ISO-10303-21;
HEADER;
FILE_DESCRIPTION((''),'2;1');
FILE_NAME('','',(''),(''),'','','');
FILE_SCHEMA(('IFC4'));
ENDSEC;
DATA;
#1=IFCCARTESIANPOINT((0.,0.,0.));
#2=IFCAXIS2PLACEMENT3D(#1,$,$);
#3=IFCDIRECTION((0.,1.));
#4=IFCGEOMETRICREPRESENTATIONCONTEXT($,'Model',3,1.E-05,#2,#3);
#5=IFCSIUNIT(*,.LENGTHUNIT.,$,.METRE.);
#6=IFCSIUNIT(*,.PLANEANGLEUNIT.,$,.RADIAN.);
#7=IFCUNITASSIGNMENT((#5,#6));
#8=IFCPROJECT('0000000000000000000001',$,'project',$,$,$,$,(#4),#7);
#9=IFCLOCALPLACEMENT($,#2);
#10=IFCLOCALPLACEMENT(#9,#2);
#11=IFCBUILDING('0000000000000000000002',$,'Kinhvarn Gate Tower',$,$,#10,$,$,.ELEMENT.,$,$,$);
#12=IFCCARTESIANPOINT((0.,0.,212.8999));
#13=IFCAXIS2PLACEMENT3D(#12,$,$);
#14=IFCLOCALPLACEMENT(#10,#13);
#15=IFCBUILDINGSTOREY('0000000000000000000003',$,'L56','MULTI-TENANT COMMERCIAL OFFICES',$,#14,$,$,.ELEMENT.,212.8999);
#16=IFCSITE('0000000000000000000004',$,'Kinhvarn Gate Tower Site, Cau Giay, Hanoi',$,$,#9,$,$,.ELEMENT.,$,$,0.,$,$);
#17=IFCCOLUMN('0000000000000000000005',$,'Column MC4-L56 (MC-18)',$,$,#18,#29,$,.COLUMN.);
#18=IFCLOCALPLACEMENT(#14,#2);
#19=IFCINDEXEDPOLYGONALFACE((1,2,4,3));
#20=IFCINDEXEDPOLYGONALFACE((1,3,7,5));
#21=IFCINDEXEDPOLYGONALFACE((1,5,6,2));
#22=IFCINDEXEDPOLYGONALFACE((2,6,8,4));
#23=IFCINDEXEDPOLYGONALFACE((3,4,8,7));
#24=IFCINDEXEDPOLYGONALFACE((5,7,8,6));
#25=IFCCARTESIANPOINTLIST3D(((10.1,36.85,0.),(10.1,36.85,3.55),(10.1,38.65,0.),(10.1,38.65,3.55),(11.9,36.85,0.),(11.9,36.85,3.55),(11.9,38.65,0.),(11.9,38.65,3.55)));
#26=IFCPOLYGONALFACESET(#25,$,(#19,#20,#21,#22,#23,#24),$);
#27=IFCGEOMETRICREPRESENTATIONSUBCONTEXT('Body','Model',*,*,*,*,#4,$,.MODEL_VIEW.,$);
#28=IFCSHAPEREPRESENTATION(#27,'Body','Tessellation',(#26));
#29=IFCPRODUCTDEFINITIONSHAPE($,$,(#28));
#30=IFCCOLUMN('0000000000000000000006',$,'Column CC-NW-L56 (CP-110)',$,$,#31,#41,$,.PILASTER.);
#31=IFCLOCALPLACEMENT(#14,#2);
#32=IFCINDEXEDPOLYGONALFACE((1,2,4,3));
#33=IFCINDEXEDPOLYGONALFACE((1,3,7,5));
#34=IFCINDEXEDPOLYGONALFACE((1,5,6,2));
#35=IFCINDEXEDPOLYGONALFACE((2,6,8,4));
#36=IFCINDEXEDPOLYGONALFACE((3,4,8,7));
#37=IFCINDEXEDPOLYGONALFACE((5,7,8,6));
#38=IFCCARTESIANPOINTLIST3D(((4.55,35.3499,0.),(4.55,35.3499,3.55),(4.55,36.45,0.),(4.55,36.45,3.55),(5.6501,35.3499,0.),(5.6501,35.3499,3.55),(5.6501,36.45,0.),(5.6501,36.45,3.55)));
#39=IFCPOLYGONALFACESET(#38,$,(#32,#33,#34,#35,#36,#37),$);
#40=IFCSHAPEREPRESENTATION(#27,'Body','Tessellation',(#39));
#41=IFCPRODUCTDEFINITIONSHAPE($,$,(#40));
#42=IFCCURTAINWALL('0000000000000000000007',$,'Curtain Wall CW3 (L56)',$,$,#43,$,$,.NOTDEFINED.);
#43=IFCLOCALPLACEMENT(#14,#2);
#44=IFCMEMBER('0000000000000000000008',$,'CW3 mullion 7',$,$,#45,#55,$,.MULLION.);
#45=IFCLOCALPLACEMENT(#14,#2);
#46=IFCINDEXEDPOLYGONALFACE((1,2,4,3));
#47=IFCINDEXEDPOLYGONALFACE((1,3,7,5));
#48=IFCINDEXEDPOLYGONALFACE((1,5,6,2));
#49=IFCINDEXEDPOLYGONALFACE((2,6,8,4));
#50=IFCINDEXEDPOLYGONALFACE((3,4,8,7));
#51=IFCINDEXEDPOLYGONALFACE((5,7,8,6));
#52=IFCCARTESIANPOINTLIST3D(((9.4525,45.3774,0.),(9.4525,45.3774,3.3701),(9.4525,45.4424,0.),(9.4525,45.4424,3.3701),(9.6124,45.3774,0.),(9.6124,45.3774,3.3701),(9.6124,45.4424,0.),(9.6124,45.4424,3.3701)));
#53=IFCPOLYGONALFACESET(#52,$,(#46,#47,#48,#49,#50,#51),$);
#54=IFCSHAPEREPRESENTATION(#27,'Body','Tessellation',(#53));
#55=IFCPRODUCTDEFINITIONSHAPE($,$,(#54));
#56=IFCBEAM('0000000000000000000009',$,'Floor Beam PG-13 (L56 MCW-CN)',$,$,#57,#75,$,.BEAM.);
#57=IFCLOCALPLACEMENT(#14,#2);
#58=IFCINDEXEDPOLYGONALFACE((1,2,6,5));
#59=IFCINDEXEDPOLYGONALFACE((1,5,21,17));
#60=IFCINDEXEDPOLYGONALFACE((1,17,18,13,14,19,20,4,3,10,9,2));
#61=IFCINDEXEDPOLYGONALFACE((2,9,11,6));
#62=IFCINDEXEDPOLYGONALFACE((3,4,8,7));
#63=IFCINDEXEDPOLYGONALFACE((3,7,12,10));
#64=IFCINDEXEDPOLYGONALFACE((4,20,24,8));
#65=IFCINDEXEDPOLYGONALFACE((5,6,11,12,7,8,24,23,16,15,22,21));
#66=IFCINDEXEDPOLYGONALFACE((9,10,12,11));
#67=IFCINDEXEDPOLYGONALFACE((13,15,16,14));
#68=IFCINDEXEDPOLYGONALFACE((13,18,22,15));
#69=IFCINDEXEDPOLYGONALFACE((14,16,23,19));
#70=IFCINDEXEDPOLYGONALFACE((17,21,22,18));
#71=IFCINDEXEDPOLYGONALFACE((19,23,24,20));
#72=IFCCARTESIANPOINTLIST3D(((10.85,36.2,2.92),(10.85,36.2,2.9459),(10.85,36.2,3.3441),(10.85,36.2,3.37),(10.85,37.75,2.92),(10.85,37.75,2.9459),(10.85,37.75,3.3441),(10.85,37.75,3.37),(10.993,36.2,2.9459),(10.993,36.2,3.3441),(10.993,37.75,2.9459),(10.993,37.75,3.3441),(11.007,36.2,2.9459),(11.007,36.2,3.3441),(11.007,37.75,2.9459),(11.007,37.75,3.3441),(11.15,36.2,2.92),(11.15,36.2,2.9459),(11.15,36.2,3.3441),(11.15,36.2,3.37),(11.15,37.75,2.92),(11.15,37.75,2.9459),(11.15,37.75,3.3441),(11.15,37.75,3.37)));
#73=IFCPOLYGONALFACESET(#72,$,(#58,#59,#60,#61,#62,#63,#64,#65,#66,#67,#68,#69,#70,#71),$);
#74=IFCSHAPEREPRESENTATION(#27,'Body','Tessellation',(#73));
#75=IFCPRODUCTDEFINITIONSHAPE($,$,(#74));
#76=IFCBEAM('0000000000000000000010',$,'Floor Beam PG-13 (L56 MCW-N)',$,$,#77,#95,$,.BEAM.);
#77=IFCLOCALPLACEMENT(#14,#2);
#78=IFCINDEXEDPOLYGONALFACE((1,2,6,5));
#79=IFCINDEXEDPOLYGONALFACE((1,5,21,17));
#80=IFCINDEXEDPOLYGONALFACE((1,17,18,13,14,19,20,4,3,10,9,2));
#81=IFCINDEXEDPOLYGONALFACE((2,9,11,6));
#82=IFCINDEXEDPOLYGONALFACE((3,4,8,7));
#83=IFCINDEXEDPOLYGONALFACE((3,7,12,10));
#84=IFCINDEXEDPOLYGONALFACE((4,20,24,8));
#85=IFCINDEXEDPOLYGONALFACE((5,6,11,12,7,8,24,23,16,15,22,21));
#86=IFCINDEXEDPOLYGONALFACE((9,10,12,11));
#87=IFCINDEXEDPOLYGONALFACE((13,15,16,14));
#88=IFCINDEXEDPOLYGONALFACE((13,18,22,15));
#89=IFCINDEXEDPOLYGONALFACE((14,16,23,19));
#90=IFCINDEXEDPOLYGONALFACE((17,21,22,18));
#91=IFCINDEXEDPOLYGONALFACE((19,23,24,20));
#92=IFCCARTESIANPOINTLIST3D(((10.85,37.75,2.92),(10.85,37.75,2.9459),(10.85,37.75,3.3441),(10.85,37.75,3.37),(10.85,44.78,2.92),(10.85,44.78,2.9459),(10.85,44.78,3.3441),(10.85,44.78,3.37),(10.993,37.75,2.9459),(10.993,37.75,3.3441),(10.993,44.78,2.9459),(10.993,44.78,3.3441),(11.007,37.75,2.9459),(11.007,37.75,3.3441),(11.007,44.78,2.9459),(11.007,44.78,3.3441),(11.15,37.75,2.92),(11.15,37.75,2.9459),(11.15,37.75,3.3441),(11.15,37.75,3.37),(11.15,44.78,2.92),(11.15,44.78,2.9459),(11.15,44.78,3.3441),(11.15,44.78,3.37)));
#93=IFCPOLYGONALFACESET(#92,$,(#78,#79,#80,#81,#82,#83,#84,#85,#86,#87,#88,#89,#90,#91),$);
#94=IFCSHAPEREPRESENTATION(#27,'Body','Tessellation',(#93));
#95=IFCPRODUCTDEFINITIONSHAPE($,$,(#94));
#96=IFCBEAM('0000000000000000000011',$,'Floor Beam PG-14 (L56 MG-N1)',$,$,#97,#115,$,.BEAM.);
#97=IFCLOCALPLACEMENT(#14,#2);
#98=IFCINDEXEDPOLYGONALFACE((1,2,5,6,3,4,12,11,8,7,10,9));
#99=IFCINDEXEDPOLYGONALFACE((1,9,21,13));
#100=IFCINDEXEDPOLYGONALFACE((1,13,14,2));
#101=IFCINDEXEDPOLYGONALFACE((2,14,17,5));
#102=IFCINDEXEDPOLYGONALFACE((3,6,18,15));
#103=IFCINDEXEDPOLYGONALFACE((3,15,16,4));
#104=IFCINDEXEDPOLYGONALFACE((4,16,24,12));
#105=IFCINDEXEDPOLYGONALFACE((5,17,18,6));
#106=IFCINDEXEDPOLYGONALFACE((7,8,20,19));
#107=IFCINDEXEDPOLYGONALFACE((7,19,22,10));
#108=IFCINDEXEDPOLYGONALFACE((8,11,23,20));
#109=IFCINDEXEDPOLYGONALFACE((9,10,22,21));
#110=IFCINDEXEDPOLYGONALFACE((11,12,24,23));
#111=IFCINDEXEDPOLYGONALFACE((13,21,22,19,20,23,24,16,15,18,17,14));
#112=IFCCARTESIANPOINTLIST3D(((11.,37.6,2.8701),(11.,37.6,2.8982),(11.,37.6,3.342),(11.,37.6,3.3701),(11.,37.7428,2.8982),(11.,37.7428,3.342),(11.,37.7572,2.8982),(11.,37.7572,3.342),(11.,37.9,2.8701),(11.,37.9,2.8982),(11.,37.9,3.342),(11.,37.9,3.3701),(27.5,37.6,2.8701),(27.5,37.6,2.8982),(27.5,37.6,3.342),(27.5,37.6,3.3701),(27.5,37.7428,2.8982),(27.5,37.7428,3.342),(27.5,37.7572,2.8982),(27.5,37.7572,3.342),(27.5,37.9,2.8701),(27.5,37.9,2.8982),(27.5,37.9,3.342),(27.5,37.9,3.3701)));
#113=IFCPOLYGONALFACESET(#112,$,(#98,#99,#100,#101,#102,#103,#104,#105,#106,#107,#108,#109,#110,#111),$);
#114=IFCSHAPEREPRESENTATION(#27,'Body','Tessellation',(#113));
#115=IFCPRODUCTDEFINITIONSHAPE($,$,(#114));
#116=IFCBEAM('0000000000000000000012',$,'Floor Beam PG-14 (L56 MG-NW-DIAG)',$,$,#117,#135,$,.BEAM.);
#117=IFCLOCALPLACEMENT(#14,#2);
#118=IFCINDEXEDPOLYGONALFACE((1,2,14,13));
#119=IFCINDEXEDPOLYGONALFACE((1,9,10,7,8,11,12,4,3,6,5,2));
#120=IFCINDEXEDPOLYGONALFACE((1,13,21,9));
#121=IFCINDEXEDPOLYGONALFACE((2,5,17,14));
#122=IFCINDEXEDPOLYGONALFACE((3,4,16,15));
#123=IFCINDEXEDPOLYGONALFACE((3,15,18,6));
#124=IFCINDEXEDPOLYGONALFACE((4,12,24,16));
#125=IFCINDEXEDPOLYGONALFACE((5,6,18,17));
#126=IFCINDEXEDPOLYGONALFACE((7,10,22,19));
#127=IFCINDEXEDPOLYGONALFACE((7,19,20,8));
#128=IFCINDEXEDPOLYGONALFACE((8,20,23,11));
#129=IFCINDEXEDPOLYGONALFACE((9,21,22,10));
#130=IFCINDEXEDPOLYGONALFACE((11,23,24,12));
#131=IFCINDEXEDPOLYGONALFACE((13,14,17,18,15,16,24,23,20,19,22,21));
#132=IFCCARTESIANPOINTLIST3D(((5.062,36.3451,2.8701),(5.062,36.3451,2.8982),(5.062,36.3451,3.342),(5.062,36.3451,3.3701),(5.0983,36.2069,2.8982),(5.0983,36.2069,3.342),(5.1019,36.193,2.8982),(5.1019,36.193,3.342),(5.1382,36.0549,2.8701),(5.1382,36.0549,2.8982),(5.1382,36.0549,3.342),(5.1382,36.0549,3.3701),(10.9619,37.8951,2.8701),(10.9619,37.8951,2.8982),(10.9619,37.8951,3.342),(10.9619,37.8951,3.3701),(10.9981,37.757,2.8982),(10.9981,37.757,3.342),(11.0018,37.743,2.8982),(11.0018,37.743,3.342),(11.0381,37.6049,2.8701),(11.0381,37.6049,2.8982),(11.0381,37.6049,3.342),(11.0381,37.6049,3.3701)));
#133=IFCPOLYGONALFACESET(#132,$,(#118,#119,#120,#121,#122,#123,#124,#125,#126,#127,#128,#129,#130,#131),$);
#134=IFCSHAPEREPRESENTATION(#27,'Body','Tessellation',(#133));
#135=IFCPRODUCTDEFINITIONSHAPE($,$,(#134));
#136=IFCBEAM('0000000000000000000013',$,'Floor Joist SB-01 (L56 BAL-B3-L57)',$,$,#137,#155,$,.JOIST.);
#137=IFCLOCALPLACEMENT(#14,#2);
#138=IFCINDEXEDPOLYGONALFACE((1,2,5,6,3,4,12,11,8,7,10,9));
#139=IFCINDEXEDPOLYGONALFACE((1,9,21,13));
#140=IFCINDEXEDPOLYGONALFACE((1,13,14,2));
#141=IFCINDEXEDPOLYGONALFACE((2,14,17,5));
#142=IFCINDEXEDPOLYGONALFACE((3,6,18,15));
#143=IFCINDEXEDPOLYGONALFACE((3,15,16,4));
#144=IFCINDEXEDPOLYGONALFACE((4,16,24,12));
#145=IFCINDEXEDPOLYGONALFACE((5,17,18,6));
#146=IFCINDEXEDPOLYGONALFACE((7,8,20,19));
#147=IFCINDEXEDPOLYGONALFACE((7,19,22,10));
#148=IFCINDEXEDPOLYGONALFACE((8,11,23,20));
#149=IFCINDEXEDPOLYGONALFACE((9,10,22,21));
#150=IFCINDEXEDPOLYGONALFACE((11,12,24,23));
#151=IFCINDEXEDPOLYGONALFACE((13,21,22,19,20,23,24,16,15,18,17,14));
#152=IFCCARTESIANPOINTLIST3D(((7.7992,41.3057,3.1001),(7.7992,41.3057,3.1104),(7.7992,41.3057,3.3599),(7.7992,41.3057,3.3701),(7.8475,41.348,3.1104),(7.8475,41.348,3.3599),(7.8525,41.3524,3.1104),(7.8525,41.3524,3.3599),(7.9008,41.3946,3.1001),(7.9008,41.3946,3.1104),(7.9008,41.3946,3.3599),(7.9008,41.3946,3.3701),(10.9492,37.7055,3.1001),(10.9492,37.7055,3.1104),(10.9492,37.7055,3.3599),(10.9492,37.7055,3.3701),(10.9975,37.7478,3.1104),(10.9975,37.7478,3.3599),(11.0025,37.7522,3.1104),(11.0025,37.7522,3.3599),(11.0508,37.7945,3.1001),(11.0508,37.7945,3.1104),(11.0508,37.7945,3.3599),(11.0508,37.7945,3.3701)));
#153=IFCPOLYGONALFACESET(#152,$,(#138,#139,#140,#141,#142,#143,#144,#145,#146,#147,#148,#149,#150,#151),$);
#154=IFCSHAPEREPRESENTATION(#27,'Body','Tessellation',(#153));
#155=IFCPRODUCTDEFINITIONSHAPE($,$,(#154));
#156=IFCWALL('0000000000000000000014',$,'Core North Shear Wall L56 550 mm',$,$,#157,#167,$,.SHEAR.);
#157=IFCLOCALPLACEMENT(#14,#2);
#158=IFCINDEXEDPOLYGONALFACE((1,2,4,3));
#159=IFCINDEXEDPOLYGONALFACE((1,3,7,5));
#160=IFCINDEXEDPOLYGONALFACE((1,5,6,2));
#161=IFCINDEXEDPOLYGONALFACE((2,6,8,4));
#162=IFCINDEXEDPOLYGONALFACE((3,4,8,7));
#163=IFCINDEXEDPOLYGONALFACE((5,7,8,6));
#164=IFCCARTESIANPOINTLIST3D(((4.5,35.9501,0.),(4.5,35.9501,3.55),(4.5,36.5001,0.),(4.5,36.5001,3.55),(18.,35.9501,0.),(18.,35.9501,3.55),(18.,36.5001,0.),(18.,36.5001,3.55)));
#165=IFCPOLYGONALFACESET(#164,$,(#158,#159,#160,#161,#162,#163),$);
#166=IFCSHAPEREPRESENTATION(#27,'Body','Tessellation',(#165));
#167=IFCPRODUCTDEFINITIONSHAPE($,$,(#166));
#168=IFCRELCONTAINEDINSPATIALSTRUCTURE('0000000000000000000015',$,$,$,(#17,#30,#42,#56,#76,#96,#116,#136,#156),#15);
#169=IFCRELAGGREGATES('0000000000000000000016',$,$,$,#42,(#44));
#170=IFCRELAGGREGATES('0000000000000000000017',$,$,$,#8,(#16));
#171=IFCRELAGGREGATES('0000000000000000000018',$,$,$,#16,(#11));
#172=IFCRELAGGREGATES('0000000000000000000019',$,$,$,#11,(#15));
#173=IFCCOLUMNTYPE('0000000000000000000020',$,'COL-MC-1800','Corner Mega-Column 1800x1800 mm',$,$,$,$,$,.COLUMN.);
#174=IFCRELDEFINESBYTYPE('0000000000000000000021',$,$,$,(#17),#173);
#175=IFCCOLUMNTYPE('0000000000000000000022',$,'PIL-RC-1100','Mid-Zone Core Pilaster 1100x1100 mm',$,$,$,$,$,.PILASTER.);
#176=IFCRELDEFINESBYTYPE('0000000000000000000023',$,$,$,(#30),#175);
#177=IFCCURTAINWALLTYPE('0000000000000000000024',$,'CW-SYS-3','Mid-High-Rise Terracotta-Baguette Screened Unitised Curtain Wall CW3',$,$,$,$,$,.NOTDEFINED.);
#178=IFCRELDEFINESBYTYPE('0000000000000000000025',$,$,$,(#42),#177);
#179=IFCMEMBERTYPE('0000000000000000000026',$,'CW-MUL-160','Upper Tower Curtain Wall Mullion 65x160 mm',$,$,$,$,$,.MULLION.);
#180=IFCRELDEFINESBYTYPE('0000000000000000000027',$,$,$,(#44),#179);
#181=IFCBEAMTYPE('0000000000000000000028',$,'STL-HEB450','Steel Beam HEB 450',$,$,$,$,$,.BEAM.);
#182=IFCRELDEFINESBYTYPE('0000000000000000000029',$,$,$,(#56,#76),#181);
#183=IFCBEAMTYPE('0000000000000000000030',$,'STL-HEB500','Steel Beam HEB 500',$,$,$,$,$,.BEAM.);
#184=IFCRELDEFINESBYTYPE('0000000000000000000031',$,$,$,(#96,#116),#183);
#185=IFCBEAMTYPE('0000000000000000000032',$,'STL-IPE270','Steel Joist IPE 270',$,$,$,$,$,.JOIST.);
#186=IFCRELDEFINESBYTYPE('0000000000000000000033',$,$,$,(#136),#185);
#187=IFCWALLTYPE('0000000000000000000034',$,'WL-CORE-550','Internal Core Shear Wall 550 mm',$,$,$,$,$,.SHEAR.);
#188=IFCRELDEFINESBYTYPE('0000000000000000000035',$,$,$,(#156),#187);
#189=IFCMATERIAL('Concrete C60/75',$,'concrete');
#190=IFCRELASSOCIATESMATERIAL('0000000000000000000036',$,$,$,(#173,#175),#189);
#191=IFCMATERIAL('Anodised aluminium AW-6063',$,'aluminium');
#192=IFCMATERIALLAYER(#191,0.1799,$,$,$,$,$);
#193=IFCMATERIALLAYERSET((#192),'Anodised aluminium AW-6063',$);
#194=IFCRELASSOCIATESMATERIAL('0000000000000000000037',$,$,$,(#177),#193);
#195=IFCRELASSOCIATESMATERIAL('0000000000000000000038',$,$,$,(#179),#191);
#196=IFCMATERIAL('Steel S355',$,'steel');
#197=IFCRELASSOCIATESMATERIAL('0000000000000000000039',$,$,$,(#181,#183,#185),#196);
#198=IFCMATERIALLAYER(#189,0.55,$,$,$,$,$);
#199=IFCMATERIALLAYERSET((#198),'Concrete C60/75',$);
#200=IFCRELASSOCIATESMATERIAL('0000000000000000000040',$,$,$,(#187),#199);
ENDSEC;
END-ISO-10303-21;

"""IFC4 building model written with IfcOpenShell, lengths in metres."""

from ifc_helpers import new_model, si_unit, direction, frame, frame_2d, origin, origin_2d, place, context, subcontext, project, spatial, rectangle, i_section, extrude, material, layer, layer_set, material_profile, profile_set, type_object, element, aggregate, save


model = new_model("IFC4")

# Units and contexts
model_context = context("Model", 3, precision=1e-05, world=origin(), true_north=direction((0.0, 1.0)))
body_context = subcontext(model_context, "Body", "Model", "MODEL_VIEW")
ifc_project = project(units=[si_unit("LENGTHUNIT", "METRE"), si_unit("PLANEANGLEUNIT", "RADIAN")], contexts=[model_context])

# Site, building, storey
site_placement = place(None, origin())
site = spatial("IfcSite", under=ifc_project, at=site_placement, Name="Kinhvarn Gate Tower Site, Cau Giay, Hanoi", CompositionType="ELEMENT", RefElevation=0.0)
building_placement = place(site_placement, origin())
building = spatial("IfcBuilding", under=site, at=building_placement, Name="Kinhvarn Gate Tower", CompositionType="ELEMENT")
storey_placement = place(building_placement, frame((0.0, 0.0, 212.8999)))
storey = spatial("IfcBuildingStorey", under=building, at=storey_placement, Name="L56", Description="MULTI-TENANT COMMERCIAL OFFICES", CompositionType="ELEMENT", Elevation=212.8999)

# Columns
ifc_material_1 = material(Name="Concrete C60/75", Category="concrete")
ifc_material_profile_1 = material_profile(ifc_material_1, rectangle(XDim=1.8, YDim=1.8, at=origin_2d()), Name="RC 1800x1800")
ifc_profile_set_1 = profile_set([ifc_material_profile_1], Name="Concrete C60/75")
column_type_1 = type_object("IfcColumnType", Name="COL-MC-1800", Description="Corner Mega-Column 1800x1800 mm", PredefinedType="COLUMN", material=ifc_profile_set_1)
column_1_placement = place(storey_placement, frame((11.0, 37.75, 0.0), z_axis=(0.0, 0.0, 1.0), x_axis=(1.0, 0.0, 0.0)))
element("IfcColumn", 1, at=column_1_placement, inside=storey, type_object=column_type_1, Name="Column MC4-L56 (MC-18)", PredefinedType="COLUMN", context=body_context, shape_type="SweptSolid", body=[
    extrude(rectangle(XDim=1.8, YDim=1.8, at=origin_2d()), origin(), (0.0, 0.0, 1.0), 3.55),
])
ifc_material_profile_2 = material_profile(ifc_material_1, rectangle(XDim=1.1001, YDim=1.1001, at=origin_2d()), Name="RC 1100x1100")
ifc_profile_set_2 = profile_set([ifc_material_profile_2], Name="Concrete C60/75")
column_type_2 = type_object("IfcColumnType", Name="PIL-RC-1100", Description="Mid-Zone Core Pilaster 1100x1100 mm", PredefinedType="PILASTER", material=ifc_profile_set_2)
column_2_placement = place(storey_placement, frame((5.1001, 35.8999, 0.0), z_axis=(0.0, 0.0, 1.0), x_axis=(1.0, 0.0, 0.0)))
element("IfcColumn", 2, at=column_2_placement, inside=storey, type_object=column_type_2, Name="Column CC-NW-L56 (CP-110)", PredefinedType="PILASTER", context=body_context, shape_type="SweptSolid", body=[
    extrude(rectangle(XDim=1.1001, YDim=1.1001, at=origin_2d()), origin(), (0.0, 0.0, 1.0), 3.55),
])

# Curtain wall, member
ifc_material_2 = material(Name="Anodised aluminium AW-6063", Category="aluminium")
ifc_layer_1 = layer(ifc_material_2, 0.1799)
ifc_layer_set_1 = layer_set([ifc_layer_1], Name="Anodised aluminium AW-6063")
curtain_wall_type = type_object("IfcCurtainWallType", Name="CW-SYS-3", Description="Mid-High-Rise Terracotta-Baguette Screened Unitised Curtain Wall CW3", PredefinedType="NOTDEFINED", material=ifc_layer_set_1)
curtain_wall_placement = place(storey_placement, origin())
curtain_wall = element("IfcCurtainWall", 3, at=curtain_wall_placement, inside=storey, type_object=curtain_wall_type, Name="Curtain Wall CW3 (L56)", PredefinedType="NOTDEFINED")
ifc_material_profile_3 = material_profile(ifc_material_2, rectangle(XDim=0.0649, YDim=0.1599, at=origin_2d()), Name="ALU 65x160")
ifc_profile_set_3 = profile_set([ifc_material_profile_3], Name="Anodised aluminium AW-6063")
member_type = type_object("IfcMemberType", Name="CW-MUL-160", Description="Upper Tower Curtain Wall Mullion 65x160 mm", PredefinedType="MULLION", material=ifc_profile_set_3)
member_placement = place(storey_placement, frame((9.5325, 45.4099, 0.0), z_axis=(0.0, 0.0, 1.0), x_axis=(0.0, -1.0, 0.0)))
member = element("IfcMember", 4, at=member_placement, type_object=member_type, Name="CW3 mullion 7", PredefinedType="MULLION", context=body_context, shape_type="SweptSolid", body=[
    extrude(rectangle(XDim=0.0649, YDim=0.1599, at=origin_2d()), origin(), (0.0, 0.0, 1.0), 3.3701),
])
aggregate(curtain_wall, [member])

# Beams
ifc_material_3 = material(Name="Steel S355", Category="steel")
ifc_material_profile_4 = material_profile(ifc_material_3, i_section(OverallWidth=0.3, OverallDepth=0.45, WebThickness=0.0139, FlangeThickness=0.0259, at=origin_2d()), Name="HEB 450")
ifc_profile_set_4 = profile_set([ifc_material_profile_4], Name="Steel S355")
beam_type_1 = type_object("IfcBeamType", Name="STL-HEB450", Description="Steel Beam HEB 450", PredefinedType="BEAM", material=ifc_profile_set_4)
beam_1_placement = place(storey_placement, frame((11.0, 36.2, 3.145), z_axis=(0.0, 1.0, 0.0), x_axis=(-1.0, 0.0, 0.0)))
element("IfcBeam", 5, at=beam_1_placement, inside=storey, type_object=beam_type_1, Name="Floor Beam PG-13 (L56 MCW-CN)", PredefinedType="BEAM", context=body_context, shape_type="SweptSolid", body=[
    extrude(i_section(OverallWidth=0.3, OverallDepth=0.45, WebThickness=0.0139, FlangeThickness=0.0259, at=origin_2d()), origin(), (0.0, 0.0, 1.0), 1.55),
])
beam_2_placement = place(storey_placement, frame((11.0, 37.75, 3.145), z_axis=(0.0, 1.0, 0.0), x_axis=(-1.0, 0.0, 0.0)))
element("IfcBeam", 6, at=beam_2_placement, inside=storey, type_object=beam_type_1, Name="Floor Beam PG-13 (L56 MCW-N)", PredefinedType="BEAM", context=body_context, shape_type="SweptSolid", body=[
    extrude(i_section(OverallWidth=0.3, OverallDepth=0.45, WebThickness=0.0139, FlangeThickness=0.0259, at=origin_2d()), origin(), (0.0, 0.0, 1.0), 7.03),
])
ifc_material_profile_5 = material_profile(ifc_material_3, i_section(OverallWidth=0.3, OverallDepth=0.5, WebThickness=0.0144, FlangeThickness=0.0281, at=origin_2d()), Name="HEB 500")
ifc_profile_set_5 = profile_set([ifc_material_profile_5], Name="Steel S355")
beam_type_2 = type_object("IfcBeamType", Name="STL-HEB500", Description="Steel Beam HEB 500", PredefinedType="BEAM", material=ifc_profile_set_5)
beam_3_placement = place(storey_placement, frame((11.0, 37.75, 3.1201), z_axis=(1.0, 0.0, 0.0), x_axis=(0.0, 1.0, 0.0)))
element("IfcBeam", 7, at=beam_3_placement, inside=storey, type_object=beam_type_2, Name="Floor Beam PG-14 (L56 MG-N1)", PredefinedType="BEAM", context=body_context, shape_type="SweptSolid", body=[
    extrude(i_section(OverallWidth=0.3, OverallDepth=0.5, WebThickness=0.0144, FlangeThickness=0.0281, at=origin_2d()), origin(), (0.0, 0.0, 1.0), 16.5),
])
beam_4_placement = place(storey_placement, frame((5.1001, 36.2, 3.1201), z_axis=(0.967178, 0.254101, 0.0), x_axis=(-0.254101, 0.967178, 0.0)))
element("IfcBeam", 8, at=beam_4_placement, inside=storey, type_object=beam_type_2, Name="Floor Beam PG-14 (L56 MG-NW-DIAG)", PredefinedType="BEAM", context=body_context, shape_type="SweptSolid", body=[
    extrude(i_section(OverallWidth=0.3, OverallDepth=0.5, WebThickness=0.0144, FlangeThickness=0.0281, at=origin_2d()), origin(), (0.0, 0.0, 1.0), 6.1001),
])
ifc_material_profile_6 = material_profile(ifc_material_3, i_section(OverallWidth=0.135, OverallDepth=0.27, WebThickness=0.0066, FlangeThickness=0.0103, at=origin_2d()), Name="IPE 270")
ifc_profile_set_6 = profile_set([ifc_material_profile_6], Name="Steel S355")
beam_type_3 = type_object("IfcBeamType", Name="STL-IPE270", Description="Steel Joist IPE 270", PredefinedType="JOIST", material=ifc_profile_set_6)
beam_5_placement = place(storey_placement, frame((11.0, 37.75, 3.2351), z_axis=(-0.658483, 0.752596, 0.0), x_axis=(-0.752596, -0.658483, 0.0)))
element("IfcBeam", 9, at=beam_5_placement, inside=storey, type_object=beam_type_3, Name="Floor Joist SB-01 (L56 BAL-B3-L57)", PredefinedType="JOIST", context=body_context, shape_type="SweptSolid", body=[
    extrude(i_section(OverallWidth=0.135, OverallDepth=0.27, WebThickness=0.0066, FlangeThickness=0.0103, at=origin_2d()), origin(), (0.0, 0.0, 1.0), 4.7837),
])

# Wall
ifc_layer_2 = layer(ifc_material_1, 0.55)
ifc_layer_set_2 = layer_set([ifc_layer_2], Name="Concrete C60/75")
wall_type_1 = type_object("IfcWallType", Name="WL-CORE-550", Description="Internal Core Shear Wall 550 mm", PredefinedType="SHEAR", material=ifc_layer_set_2)
wall_1_placement = place(storey_placement, frame((4.5, 36.2251, 0.0), z_axis=(0.0, 0.0, 1.0), x_axis=(1.0, 0.0, 0.0)))
element("IfcWall", 10, at=wall_1_placement, inside=storey, type_object=wall_type_1, Name="Core North Shear Wall L56 550 mm", PredefinedType="SHEAR", context=body_context, shape_type="SweptSolid", body=[
    extrude(rectangle(XDim=13.5, YDim=0.55, at=frame_2d((6.75, 0.0))), origin(), (0.0, 0.0, 1.0), 3.55),
])

save(model, "model.ifc")
